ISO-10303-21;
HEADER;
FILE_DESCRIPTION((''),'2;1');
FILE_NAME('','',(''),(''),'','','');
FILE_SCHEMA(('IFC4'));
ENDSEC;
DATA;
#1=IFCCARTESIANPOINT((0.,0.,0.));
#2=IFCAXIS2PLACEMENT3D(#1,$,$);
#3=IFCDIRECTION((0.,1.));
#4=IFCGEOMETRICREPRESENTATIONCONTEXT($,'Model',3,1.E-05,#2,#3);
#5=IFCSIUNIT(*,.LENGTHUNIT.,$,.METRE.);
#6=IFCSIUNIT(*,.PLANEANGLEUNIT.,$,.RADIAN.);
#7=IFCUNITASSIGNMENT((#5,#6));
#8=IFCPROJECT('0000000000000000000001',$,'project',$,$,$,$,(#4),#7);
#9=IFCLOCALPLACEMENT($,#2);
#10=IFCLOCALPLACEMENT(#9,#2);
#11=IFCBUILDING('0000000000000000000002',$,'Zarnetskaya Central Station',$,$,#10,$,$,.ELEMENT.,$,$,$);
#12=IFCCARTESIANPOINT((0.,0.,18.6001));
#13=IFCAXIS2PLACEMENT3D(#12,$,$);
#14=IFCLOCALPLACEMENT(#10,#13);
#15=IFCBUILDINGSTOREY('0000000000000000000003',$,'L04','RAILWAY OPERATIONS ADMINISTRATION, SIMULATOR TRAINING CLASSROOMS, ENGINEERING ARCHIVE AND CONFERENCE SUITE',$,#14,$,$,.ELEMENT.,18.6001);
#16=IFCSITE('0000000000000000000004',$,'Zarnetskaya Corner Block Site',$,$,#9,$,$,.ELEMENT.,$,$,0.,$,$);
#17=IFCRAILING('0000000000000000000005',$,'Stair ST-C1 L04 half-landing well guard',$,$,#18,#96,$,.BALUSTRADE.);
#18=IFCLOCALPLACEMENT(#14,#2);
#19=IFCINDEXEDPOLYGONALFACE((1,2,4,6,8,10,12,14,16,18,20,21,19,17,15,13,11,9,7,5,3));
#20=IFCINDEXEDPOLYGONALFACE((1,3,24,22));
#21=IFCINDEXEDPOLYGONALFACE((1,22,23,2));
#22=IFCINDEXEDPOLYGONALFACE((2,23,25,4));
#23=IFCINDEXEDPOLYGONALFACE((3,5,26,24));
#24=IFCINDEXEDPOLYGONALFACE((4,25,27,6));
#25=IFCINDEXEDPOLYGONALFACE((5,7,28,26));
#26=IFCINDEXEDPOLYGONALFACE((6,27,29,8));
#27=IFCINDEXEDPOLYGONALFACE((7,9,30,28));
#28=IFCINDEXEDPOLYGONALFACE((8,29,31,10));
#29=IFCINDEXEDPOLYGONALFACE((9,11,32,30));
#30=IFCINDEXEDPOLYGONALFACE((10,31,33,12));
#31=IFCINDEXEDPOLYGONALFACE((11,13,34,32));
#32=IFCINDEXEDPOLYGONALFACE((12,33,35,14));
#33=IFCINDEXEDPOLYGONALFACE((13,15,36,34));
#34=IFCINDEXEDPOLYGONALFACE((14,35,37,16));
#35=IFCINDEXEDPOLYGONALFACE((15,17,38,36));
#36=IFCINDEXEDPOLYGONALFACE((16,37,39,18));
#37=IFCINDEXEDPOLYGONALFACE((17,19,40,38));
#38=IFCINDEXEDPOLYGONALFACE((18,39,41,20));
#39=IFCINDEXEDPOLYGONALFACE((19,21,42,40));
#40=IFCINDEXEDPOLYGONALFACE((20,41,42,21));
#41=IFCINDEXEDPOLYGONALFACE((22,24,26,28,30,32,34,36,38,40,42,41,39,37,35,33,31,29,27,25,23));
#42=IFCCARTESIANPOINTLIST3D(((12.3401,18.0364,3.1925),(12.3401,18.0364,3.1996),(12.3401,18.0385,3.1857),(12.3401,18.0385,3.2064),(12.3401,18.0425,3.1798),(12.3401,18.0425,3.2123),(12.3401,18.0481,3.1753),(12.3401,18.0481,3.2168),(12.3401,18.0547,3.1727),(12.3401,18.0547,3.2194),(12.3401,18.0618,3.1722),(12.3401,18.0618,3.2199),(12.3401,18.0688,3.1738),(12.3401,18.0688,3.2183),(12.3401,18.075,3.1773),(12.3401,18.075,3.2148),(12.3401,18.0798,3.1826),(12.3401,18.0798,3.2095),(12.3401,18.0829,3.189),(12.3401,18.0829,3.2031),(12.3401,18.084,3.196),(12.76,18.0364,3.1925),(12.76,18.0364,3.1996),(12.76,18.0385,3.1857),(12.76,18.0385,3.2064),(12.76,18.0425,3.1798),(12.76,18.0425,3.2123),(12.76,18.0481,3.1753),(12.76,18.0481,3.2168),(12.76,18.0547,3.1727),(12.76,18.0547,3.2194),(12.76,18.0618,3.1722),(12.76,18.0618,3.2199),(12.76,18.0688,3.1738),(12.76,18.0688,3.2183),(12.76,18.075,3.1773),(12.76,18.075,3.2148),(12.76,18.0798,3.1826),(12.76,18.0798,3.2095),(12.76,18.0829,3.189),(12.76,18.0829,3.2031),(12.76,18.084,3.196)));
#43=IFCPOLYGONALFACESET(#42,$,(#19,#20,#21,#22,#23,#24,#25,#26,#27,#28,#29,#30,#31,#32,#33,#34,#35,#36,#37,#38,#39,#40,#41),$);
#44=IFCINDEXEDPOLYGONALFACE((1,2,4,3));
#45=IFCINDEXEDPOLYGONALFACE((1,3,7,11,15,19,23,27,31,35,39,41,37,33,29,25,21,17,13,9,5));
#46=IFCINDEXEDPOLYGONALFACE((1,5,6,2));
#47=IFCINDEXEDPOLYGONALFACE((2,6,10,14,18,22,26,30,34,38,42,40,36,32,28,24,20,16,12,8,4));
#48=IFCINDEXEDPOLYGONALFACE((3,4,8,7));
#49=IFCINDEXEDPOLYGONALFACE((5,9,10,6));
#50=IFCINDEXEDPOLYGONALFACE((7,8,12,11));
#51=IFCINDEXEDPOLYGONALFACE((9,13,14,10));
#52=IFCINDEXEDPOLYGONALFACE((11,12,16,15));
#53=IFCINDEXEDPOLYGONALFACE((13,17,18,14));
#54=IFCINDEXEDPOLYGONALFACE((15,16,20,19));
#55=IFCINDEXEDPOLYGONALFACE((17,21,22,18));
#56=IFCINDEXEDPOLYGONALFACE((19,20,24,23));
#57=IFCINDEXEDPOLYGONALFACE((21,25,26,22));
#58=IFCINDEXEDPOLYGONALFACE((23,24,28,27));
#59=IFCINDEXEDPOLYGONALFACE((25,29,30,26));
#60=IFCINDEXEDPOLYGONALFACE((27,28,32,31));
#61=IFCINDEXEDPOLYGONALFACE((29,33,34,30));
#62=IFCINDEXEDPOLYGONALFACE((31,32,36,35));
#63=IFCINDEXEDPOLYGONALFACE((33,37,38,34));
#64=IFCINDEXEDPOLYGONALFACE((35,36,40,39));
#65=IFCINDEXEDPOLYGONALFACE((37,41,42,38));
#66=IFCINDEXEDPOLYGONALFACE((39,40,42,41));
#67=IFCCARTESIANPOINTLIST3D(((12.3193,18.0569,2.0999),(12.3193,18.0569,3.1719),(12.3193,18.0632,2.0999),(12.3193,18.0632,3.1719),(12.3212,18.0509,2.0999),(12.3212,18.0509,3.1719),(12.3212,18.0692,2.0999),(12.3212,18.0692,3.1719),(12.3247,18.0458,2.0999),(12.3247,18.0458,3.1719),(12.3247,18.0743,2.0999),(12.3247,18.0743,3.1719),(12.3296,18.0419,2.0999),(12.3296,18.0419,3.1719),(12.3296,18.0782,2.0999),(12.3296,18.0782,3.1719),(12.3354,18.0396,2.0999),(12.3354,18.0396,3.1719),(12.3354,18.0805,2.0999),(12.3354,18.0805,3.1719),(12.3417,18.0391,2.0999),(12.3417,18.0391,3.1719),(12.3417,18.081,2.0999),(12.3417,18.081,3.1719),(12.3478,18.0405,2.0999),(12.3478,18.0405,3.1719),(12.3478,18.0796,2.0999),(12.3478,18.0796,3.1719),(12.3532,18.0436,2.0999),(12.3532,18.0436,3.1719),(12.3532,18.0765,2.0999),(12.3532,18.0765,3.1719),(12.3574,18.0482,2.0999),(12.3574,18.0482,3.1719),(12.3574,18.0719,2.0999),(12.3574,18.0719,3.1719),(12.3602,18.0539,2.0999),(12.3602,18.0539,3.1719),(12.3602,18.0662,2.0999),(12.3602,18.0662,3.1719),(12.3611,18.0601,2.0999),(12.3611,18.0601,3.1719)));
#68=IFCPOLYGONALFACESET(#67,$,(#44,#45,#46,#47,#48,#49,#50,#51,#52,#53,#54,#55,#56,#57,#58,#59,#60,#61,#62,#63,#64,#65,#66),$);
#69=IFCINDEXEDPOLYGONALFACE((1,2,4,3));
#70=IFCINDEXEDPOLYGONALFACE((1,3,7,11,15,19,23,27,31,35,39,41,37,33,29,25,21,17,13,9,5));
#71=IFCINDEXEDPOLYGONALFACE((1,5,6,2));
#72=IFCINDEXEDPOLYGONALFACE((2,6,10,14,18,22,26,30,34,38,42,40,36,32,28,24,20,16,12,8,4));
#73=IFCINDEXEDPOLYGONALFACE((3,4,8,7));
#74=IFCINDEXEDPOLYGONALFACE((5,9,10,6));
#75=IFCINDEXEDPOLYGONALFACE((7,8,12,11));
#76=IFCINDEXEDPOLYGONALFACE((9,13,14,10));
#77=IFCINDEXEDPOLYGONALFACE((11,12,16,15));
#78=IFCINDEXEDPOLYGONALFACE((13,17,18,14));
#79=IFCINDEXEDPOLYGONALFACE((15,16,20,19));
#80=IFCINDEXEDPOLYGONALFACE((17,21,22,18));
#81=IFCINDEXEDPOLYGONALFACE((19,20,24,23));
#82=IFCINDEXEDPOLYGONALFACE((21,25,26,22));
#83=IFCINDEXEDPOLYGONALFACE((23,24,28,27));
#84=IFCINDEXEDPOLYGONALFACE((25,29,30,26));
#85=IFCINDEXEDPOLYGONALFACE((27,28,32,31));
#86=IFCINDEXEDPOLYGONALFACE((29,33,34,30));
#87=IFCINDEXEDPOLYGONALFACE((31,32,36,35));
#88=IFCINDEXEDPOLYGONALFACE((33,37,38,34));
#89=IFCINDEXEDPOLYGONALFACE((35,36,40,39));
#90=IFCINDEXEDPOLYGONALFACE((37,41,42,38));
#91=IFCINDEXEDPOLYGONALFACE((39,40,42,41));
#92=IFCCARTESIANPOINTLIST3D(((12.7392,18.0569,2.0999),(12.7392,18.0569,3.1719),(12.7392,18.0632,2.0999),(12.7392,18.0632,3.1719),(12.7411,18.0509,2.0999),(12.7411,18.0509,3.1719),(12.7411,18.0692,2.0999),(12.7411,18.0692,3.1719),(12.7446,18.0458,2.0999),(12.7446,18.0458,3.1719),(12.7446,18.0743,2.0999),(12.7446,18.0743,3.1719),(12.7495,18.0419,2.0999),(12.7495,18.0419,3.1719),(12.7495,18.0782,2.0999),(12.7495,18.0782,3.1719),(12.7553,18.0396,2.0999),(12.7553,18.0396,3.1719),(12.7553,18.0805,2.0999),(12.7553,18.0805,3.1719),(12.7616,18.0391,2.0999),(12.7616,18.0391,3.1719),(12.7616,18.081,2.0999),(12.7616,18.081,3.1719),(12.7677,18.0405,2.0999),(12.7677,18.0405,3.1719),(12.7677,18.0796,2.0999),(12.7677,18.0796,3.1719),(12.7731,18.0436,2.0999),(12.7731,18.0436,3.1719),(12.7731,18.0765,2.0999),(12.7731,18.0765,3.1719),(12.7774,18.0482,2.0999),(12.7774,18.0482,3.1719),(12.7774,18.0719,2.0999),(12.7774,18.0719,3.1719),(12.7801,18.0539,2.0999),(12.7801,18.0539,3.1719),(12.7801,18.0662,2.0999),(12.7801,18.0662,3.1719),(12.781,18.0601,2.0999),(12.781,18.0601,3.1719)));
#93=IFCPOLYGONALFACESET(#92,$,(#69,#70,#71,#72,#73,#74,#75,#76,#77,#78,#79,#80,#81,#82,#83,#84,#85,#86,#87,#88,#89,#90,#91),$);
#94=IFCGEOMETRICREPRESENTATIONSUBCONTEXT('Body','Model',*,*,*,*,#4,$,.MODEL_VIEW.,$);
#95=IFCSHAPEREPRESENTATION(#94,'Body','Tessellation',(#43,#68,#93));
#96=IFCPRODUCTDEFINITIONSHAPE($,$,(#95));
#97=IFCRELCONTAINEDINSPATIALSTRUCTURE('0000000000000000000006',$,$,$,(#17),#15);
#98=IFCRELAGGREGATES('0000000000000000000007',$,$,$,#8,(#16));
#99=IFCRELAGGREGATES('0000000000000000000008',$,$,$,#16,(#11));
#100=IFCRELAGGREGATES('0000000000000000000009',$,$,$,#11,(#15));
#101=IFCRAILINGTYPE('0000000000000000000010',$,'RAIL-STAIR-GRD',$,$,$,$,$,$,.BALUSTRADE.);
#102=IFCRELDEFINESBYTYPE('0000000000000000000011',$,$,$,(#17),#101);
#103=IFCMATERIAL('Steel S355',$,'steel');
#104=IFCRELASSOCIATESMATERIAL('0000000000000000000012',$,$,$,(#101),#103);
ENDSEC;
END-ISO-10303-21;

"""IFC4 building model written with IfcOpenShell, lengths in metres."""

from ifc_helpers import new_model, si_unit, direction, frame, origin, origin_2d, place, context, subcontext, project, spatial, circle, extrude, material, type_object, element, save


model = new_model("IFC4")

# Units and contexts
model_context = context("Model", 3, precision=1e-05, world=origin(), true_north=direction((0.0, 1.0)))
body_context = subcontext(model_context, "Body", "Model", "MODEL_VIEW")
ifc_project = project(units=[si_unit("LENGTHUNIT", "METRE"), si_unit("PLANEANGLEUNIT", "RADIAN")], contexts=[model_context])

# Site, building, storey
site_placement = place(None, origin())
site = spatial("IfcSite", under=ifc_project, at=site_placement, Name="Zarnetskaya Corner Block Site", CompositionType="ELEMENT", RefElevation=0.0)
building_placement = place(site_placement, origin())
building = spatial("IfcBuilding", under=site, at=building_placement, Name="Zarnetskaya Central Station", CompositionType="ELEMENT")
storey_placement = place(building_placement, frame((0.0, 0.0, 18.6001)))
storey = spatial("IfcBuildingStorey", under=building, at=storey_placement, Name="L04", Description="RAILWAY OPERATIONS ADMINISTRATION, SIMULATOR TRAINING CLASSROOMS, ENGINEERING ARCHIVE AND CONFERENCE SUITE", CompositionType="ELEMENT", Elevation=18.6001)

# Shared definitions
ifc_material_1 = material(Name="Steel S355", Category="steel")

# Railing
railing_type_1 = type_object("IfcRailingType", Name="RAIL-STAIR-GRD", PredefinedType="BALUSTRADE", material=ifc_material_1)
railing_1_placement = place(storey_placement, frame((12.3401, 18.0601, 2.0999)))
element("IfcRailing", 1, at=railing_1_placement, inside=storey, type_object=railing_type_1, Name="Stair ST-C1 L04 half-landing well guard", PredefinedType="BALUSTRADE", context=body_context, shape_type="SweptSolid", body=[
    extrude(circle(Radius=0.0239, at=origin_2d()), frame((0.0, 0.0, 1.0962), z_axis=(1.0, 0.0, 0.0), x_axis=(0.0, 1.0, 0.0)), (0.0, 0.0, 1.0), 0.4199),
    extrude(circle(Radius=0.021, at=origin_2d()), origin(), (0.0, 0.0, 1.0), 1.072),
    extrude(circle(Radius=0.021, at=origin_2d()), frame((0.4199, 0.0, 0.0)), (0.0, 0.0, 1.0), 1.072),
])

save(model, "model.ifc")
